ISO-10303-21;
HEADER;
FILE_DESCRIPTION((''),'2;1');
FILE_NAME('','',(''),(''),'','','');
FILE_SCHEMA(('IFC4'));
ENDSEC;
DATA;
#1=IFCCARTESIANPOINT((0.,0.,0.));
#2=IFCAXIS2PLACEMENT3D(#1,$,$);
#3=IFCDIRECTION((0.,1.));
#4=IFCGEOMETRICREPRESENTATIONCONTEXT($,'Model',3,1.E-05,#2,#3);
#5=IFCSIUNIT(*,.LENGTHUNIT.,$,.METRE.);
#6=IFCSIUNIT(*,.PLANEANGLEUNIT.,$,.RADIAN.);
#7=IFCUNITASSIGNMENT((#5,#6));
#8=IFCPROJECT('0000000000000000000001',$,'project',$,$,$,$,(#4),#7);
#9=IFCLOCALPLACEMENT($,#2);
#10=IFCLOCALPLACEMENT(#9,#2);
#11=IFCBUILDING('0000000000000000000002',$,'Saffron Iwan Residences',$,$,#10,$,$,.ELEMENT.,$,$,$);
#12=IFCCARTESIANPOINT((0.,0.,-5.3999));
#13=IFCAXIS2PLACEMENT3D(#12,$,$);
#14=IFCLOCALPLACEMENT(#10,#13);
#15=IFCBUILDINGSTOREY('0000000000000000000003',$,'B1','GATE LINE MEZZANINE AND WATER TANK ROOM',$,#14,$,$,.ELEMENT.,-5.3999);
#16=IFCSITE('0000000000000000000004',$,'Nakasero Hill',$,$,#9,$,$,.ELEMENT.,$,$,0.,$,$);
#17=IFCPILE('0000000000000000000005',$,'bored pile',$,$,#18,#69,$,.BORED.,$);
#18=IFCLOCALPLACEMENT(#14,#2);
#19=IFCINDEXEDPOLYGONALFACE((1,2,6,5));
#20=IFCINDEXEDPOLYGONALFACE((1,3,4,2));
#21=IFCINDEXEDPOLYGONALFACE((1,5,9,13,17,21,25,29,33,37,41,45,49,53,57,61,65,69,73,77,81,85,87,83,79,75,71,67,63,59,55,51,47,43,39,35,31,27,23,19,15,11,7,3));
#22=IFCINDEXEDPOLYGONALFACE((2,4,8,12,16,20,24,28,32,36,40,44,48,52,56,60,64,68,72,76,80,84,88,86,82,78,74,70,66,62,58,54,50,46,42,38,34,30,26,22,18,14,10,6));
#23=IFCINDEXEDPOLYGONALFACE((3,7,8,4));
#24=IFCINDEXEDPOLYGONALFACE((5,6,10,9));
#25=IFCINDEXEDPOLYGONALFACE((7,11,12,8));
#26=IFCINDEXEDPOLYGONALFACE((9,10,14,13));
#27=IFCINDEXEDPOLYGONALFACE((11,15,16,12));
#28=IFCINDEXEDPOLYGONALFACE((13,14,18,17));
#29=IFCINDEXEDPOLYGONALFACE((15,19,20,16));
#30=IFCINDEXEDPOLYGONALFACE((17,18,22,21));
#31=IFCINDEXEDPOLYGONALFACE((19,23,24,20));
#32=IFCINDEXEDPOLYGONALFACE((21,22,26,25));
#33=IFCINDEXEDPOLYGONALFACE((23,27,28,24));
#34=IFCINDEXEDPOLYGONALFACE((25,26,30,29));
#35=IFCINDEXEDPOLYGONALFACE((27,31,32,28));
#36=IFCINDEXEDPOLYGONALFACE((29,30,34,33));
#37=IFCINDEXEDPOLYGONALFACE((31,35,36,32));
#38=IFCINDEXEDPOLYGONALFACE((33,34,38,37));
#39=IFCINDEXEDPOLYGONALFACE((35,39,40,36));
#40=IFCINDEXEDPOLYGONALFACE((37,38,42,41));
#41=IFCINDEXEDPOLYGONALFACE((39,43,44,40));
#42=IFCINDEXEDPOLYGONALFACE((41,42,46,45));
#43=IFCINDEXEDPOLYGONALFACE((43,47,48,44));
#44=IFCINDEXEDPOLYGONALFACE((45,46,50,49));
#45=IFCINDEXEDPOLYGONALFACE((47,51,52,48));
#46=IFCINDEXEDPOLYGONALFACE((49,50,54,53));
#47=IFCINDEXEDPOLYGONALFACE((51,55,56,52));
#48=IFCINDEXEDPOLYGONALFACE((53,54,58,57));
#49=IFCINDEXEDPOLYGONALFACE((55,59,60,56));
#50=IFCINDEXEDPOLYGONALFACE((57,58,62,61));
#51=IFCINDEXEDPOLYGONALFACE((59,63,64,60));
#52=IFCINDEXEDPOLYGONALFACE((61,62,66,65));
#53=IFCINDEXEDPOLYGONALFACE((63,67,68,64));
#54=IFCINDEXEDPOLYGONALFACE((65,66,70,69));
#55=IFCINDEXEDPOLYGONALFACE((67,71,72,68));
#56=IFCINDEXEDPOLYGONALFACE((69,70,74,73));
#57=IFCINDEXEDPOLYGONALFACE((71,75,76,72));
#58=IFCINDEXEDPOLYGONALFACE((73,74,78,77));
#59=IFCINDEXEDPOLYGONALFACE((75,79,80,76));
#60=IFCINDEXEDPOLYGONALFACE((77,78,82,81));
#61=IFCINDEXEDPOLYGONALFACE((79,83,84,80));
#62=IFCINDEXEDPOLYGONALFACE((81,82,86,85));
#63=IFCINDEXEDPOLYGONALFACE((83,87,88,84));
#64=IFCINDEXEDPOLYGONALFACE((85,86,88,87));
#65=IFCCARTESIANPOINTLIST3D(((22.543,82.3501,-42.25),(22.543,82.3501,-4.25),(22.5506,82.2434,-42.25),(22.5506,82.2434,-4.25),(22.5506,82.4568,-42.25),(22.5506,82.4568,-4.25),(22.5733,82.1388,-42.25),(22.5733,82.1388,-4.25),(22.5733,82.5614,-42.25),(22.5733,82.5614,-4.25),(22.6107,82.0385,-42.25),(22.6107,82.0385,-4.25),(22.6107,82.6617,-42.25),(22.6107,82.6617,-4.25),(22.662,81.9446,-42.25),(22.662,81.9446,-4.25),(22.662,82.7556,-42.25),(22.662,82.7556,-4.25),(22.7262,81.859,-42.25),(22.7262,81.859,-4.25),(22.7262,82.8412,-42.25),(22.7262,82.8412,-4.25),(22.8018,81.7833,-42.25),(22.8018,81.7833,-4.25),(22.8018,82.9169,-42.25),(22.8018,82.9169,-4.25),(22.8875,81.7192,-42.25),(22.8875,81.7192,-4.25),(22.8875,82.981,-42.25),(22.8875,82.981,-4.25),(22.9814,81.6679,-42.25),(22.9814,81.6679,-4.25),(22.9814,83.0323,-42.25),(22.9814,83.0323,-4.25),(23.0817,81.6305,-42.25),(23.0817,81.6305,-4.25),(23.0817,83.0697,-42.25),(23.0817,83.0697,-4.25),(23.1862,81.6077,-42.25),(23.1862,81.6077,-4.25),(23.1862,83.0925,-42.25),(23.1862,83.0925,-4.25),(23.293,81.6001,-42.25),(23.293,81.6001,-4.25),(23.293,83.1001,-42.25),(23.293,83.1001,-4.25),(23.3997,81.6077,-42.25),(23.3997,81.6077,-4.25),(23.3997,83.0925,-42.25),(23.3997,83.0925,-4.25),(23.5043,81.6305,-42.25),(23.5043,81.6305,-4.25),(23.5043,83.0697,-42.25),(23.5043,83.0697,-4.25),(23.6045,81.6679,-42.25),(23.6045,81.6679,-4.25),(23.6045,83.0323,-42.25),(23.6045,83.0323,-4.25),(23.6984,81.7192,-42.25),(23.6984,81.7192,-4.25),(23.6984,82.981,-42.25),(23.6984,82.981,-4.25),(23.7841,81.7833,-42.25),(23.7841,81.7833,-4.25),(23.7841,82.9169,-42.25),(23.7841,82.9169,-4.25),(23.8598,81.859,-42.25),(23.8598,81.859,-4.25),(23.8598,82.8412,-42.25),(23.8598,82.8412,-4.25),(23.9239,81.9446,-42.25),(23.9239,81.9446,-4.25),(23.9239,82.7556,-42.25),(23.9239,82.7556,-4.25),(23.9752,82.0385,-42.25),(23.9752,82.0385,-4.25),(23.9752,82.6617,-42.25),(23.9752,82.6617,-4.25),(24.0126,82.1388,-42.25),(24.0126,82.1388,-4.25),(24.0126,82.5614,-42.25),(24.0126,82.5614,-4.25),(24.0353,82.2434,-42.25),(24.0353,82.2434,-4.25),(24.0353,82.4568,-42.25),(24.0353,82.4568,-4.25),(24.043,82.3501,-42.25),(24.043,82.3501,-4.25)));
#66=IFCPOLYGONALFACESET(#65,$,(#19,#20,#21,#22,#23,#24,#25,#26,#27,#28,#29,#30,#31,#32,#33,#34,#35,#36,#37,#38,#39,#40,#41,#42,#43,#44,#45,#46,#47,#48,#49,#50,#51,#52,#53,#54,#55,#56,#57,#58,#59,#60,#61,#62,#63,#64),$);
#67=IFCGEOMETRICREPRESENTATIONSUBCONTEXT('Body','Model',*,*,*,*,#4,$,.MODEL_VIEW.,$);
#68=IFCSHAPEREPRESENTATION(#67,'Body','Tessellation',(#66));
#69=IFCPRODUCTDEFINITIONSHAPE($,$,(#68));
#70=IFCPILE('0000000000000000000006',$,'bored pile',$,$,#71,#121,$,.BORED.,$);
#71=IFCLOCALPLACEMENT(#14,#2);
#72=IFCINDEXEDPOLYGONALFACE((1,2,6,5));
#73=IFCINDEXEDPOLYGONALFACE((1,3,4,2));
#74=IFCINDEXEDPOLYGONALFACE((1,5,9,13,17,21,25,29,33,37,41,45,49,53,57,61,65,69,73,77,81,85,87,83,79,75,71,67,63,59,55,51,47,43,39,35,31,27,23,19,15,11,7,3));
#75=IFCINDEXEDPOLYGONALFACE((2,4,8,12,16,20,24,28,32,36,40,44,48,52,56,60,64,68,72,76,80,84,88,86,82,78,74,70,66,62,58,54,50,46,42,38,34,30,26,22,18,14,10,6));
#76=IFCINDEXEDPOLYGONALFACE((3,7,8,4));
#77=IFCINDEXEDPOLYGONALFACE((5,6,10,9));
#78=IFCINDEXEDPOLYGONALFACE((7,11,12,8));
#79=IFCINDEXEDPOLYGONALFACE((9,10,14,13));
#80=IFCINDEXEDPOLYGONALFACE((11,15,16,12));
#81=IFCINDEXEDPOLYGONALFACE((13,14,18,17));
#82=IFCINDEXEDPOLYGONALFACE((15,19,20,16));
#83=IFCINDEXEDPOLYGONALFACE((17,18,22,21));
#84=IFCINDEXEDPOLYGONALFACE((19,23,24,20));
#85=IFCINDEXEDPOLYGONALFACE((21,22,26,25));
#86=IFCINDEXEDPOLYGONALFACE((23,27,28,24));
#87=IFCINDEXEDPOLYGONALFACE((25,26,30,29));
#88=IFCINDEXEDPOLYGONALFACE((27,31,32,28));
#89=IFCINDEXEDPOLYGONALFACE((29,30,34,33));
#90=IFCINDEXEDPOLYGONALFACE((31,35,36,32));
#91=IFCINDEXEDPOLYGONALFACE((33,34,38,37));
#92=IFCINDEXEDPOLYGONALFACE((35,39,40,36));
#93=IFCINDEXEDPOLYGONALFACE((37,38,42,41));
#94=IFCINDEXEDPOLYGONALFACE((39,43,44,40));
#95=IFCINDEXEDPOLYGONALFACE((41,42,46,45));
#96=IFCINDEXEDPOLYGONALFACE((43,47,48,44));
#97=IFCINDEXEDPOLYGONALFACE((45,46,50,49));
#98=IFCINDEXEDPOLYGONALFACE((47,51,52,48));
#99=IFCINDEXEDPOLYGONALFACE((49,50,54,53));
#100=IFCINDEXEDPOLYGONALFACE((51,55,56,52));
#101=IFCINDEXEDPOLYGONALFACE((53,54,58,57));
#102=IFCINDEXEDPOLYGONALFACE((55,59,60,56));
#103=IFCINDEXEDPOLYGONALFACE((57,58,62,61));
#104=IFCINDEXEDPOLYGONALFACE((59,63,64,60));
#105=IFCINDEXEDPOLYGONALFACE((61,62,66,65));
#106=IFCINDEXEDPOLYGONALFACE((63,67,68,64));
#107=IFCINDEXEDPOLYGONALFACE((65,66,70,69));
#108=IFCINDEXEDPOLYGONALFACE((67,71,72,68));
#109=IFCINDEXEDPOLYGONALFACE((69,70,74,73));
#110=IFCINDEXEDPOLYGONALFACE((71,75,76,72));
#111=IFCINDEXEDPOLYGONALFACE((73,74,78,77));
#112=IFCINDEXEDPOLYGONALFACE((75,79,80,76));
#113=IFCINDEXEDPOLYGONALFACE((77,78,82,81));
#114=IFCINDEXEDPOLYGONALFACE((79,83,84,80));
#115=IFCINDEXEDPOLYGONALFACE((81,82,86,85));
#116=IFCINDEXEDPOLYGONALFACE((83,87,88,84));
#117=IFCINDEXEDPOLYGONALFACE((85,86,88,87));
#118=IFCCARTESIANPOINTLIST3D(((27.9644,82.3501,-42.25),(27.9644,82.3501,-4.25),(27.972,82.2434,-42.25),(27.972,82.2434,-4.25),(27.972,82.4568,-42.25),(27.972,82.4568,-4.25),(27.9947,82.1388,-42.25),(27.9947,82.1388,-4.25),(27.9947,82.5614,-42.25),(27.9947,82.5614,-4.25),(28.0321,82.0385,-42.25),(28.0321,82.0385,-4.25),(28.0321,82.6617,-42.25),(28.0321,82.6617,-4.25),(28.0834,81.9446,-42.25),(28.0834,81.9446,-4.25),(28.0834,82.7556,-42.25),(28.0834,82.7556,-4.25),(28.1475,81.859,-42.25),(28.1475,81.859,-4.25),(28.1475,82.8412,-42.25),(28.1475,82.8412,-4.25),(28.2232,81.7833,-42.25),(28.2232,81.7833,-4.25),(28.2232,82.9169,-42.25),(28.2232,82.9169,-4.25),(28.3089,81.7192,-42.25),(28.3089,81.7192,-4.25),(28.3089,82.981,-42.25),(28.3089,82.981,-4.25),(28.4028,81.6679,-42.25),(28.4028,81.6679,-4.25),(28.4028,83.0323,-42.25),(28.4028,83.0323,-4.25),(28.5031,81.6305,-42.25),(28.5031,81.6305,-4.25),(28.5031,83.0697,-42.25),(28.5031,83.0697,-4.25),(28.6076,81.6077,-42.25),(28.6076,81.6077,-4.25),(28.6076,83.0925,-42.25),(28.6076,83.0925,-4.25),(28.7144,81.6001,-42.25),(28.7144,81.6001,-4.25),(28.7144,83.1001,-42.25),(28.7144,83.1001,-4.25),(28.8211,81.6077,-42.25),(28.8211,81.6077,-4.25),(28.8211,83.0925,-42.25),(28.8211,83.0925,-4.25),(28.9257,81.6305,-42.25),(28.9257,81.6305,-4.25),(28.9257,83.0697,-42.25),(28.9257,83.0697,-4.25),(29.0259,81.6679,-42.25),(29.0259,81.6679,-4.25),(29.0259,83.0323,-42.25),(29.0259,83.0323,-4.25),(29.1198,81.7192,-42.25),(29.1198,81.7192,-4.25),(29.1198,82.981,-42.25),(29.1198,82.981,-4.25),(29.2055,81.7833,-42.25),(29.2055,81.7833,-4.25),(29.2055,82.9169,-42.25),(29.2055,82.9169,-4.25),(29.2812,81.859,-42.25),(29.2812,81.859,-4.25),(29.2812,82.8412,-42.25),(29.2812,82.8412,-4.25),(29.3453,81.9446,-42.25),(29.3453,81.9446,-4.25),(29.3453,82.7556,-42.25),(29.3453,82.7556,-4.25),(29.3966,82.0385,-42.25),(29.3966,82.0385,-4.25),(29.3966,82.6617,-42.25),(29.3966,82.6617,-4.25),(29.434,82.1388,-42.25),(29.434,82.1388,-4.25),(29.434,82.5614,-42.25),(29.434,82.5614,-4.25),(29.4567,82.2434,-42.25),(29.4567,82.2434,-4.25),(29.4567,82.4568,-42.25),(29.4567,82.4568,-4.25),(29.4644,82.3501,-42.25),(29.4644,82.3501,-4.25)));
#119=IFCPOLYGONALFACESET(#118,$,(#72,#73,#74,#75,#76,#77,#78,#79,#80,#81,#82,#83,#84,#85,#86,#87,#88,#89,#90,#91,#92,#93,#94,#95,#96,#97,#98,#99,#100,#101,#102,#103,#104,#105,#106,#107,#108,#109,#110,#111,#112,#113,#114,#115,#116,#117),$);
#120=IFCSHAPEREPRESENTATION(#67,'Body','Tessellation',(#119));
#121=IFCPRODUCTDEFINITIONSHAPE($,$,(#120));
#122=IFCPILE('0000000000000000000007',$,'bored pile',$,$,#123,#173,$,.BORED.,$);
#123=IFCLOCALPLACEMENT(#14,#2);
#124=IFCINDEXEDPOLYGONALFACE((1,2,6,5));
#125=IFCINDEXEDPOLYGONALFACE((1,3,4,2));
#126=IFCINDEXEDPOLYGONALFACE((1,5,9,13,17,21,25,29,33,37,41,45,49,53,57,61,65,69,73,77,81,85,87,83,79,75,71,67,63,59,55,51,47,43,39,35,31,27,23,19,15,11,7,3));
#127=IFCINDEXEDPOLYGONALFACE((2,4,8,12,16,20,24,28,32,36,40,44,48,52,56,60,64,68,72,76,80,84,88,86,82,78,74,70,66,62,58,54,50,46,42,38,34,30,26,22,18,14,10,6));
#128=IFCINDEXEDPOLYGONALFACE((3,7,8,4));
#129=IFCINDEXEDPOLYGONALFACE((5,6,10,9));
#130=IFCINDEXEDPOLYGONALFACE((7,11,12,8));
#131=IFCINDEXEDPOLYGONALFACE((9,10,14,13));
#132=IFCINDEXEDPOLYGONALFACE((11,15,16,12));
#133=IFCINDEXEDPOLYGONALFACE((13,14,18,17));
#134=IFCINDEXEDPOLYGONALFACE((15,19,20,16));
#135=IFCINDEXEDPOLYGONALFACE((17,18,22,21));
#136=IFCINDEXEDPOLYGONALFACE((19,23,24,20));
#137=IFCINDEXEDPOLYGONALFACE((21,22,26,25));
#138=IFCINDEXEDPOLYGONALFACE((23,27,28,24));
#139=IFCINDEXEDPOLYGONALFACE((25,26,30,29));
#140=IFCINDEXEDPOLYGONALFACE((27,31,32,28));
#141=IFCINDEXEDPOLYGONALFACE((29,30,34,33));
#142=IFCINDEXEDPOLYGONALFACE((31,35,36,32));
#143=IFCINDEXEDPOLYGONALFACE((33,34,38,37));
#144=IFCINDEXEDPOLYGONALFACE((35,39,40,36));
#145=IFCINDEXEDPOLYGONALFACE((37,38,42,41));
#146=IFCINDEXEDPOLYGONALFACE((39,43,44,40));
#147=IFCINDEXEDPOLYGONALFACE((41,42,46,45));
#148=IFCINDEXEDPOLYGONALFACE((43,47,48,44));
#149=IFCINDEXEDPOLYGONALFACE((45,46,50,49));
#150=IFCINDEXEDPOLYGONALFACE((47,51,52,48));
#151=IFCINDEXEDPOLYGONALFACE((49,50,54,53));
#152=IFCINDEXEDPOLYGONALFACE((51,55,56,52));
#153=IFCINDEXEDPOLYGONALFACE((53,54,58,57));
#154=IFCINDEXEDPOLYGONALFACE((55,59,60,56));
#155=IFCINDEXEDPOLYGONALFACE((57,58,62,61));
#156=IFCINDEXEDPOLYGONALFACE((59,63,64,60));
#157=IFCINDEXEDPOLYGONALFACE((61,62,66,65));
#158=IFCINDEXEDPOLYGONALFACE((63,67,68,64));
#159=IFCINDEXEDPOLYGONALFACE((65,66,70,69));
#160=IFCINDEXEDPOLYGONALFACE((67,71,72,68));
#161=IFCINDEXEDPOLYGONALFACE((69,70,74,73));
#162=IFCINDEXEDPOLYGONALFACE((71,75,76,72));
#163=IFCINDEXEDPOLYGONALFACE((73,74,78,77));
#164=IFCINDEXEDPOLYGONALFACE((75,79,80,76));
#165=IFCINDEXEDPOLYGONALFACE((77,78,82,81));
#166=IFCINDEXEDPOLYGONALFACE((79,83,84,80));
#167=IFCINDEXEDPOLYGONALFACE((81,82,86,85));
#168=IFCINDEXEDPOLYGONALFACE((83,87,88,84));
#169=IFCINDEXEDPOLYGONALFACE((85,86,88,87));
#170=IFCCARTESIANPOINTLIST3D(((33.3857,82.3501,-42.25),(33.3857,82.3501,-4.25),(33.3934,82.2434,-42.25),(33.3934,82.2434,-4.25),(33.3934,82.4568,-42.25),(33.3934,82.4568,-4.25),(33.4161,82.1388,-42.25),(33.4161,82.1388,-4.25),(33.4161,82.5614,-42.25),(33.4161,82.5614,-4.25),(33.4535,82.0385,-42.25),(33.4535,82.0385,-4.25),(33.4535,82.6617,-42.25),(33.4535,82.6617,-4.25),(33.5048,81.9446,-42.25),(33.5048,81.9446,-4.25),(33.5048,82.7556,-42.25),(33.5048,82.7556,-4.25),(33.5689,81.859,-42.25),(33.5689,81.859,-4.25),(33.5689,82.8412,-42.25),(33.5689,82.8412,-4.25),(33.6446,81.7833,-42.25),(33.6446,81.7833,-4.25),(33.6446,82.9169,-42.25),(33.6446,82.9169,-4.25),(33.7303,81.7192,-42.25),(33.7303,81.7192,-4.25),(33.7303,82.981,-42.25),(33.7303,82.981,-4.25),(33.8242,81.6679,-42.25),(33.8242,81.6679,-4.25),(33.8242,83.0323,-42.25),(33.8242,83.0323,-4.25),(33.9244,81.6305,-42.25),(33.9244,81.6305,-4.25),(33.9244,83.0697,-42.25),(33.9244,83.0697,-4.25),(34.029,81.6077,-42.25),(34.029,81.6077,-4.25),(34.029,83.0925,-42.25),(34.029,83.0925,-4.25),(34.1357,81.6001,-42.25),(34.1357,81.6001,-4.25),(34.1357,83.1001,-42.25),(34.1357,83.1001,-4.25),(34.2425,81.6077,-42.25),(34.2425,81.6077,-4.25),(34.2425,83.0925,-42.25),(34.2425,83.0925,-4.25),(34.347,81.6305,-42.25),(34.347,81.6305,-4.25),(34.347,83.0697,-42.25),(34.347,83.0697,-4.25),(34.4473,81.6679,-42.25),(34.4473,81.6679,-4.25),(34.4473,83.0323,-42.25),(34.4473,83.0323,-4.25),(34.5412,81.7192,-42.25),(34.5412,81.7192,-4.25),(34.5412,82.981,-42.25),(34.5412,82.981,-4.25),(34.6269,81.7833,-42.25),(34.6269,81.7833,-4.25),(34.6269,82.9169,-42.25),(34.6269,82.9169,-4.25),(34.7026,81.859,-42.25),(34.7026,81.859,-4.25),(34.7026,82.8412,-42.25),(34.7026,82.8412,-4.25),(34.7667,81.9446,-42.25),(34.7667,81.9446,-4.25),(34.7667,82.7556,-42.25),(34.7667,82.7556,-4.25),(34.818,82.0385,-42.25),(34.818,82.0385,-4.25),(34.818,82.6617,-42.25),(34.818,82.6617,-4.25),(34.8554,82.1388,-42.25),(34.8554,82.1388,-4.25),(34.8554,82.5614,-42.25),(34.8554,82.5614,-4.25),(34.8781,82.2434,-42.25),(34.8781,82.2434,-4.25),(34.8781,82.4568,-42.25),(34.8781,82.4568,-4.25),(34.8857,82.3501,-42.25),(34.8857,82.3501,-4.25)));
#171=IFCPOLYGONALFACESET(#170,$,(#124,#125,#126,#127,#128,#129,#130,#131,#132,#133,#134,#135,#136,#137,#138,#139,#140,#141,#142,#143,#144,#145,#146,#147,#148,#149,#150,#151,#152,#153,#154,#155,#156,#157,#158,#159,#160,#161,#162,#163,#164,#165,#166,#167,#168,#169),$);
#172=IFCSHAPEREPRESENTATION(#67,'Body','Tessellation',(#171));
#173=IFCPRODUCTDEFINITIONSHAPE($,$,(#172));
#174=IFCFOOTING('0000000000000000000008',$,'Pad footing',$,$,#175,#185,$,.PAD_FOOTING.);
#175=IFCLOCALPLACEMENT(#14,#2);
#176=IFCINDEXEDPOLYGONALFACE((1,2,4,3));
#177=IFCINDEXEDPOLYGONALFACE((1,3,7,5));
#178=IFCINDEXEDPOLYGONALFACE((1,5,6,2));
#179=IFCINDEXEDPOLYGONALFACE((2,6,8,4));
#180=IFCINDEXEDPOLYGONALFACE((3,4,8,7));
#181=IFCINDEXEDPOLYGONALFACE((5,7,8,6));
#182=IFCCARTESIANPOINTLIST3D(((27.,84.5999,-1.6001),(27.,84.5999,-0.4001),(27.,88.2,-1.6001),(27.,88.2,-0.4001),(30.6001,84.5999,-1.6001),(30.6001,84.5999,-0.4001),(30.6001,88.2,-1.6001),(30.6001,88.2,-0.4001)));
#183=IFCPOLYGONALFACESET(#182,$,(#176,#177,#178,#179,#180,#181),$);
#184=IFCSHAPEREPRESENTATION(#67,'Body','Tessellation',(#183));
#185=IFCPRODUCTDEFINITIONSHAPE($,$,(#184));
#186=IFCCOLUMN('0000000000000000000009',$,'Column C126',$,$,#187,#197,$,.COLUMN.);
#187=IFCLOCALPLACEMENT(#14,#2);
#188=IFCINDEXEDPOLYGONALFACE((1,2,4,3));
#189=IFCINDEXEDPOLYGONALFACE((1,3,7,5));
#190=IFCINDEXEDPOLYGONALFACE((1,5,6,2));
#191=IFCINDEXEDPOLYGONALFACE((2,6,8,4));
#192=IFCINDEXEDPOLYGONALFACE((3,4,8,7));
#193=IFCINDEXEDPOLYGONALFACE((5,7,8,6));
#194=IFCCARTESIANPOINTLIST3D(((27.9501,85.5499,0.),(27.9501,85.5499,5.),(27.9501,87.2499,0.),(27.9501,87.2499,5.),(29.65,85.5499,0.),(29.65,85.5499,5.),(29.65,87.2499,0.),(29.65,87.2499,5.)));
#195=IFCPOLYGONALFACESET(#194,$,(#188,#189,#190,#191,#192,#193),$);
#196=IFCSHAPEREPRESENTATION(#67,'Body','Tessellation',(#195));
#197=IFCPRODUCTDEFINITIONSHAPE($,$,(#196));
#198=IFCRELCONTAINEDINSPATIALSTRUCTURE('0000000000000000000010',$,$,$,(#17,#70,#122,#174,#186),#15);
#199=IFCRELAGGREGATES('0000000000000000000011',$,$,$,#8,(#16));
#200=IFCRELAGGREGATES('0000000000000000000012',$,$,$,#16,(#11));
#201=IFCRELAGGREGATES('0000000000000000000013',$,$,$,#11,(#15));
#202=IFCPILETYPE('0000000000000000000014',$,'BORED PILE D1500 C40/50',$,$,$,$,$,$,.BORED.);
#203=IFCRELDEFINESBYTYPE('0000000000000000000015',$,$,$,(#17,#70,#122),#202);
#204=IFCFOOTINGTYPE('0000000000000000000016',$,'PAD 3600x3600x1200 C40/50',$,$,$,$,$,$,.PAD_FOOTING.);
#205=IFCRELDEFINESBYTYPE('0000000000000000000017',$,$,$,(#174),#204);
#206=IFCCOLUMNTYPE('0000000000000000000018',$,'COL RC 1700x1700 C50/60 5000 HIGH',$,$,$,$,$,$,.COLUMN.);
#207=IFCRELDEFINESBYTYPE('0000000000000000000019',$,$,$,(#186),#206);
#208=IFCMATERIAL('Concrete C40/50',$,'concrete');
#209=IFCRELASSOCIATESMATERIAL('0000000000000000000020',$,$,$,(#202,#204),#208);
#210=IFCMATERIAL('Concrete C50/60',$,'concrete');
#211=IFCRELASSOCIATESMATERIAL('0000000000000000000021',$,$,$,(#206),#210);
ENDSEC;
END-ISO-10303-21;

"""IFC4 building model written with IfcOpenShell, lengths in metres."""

from ifc_helpers import new_model, si_unit, direction, frame, origin, origin_2d, place, context, subcontext, project, spatial, rectangle, circle, extrude, source, transform, mapped, material, material_profile, profile_set, type_object, element, save


model = new_model("IFC4")

# Units and contexts
model_context = context("Model", 3, precision=1e-05, world=origin(), true_north=direction((0.0, 1.0)))
body_context = subcontext(model_context, "Body", "Model", "MODEL_VIEW")
ifc_project = project(units=[si_unit("LENGTHUNIT", "METRE"), si_unit("PLANEANGLEUNIT", "RADIAN")], contexts=[model_context])

# Site, building, storey
site_placement = place(None, origin())
site = spatial("IfcSite", under=ifc_project, at=site_placement, Name="Nakasero Hill", CompositionType="ELEMENT", RefElevation=0.0)
building_placement = place(site_placement, origin())
building = spatial("IfcBuilding", under=site, at=building_placement, Name="Saffron Iwan Residences", CompositionType="ELEMENT")
storey_placement = place(building_placement, frame((0.0, 0.0, -5.3999)))
storey = spatial("IfcBuildingStorey", under=building, at=storey_placement, Name="B1", Description="GATE LINE MEZZANINE AND WATER TANK ROOM", CompositionType="ELEMENT", Elevation=-5.3999)

# Piles
ifc_material_1 = material(Name="Concrete C40/50", Category="concrete")
ifc_material_profile_1 = material_profile(ifc_material_1, circle(Radius=0.75, at=origin_2d()), Name="RC D1500")
ifc_profile_set_1 = profile_set([ifc_material_profile_1], Name="Concrete C40/50")
pile_type = type_object("IfcPileType", Name="BORED PILE D1500 C40/50", PredefinedType="BORED", material=ifc_profile_set_1)
for number, where, z_axis, x_axis, name in (
    (1, (23.293, 82.3501, -4.25), (0.0, 0.0, -1.0), (1.0, 0.0, 0.0), "bored pile"),
    (2, (28.7144, 82.3501, -4.25), (0.0, 0.0, -1.0), (1.0, 0.0, 0.0), "bored pile"),
    (3, (34.1357, 82.3501, -4.25), (0.0, 0.0, -1.0), (1.0, 0.0, 0.0), "bored pile"),
):
    element("IfcPile", number, at=place(storey_placement, frame(where, z_axis=z_axis, x_axis=x_axis)), inside=storey, type_object=pile_type, Name=name, PredefinedType="BORED", context=body_context, shape_type="SweptSolid", body=[
        extrude(circle(Radius=0.75, at=origin_2d()), origin(), (0.0, 0.0, 1.0), 38.0),
    ])

# Footing
footing_type = type_object("IfcFootingType", Name="PAD 3600x3600x1200 C40/50", PredefinedType="PAD_FOOTING", material=ifc_material_1)
shared_shape_1 = source(origin(), body_context, "Body", "SweptSolid", [
    extrude(rectangle(XDim=3.6001, YDim=3.6001, at=origin_2d()), origin(), (0.0, 0.0, 1.0), 1.2),
])
footing_placement = place(storey_placement, frame((28.8, 86.3999, -1.6001), z_axis=(0.0, 0.0, 1.0), x_axis=(1.0, 0.0, 0.0)))
element("IfcFooting", 4, at=footing_placement, inside=storey, type_object=footing_type, Name="Pad footing", PredefinedType="PAD_FOOTING", context=body_context, shape_type="MappedRepresentation", body=[
    mapped(shared_shape_1, transform((0.0, 0.0, 0.0))),
])

# Column
ifc_material_2 = material(Name="Concrete C50/60", Category="concrete")
ifc_material_profile_2 = material_profile(ifc_material_2, rectangle(XDim=1.7, YDim=1.7, at=origin_2d()), Name="RC 1700x1700")
ifc_profile_set_2 = profile_set([ifc_material_profile_2], Name="Concrete C50/60")
column_type = type_object("IfcColumnType", Name="COL RC 1700x1700 C50/60 5000 HIGH", PredefinedType="COLUMN", material=ifc_profile_set_2)
shared_shape_2 = source(origin(), body_context, "Body", "SweptSolid", [
    extrude(rectangle(XDim=1.7, YDim=1.7, at=origin_2d()), origin(), (0.0, 0.0, 1.0), 5.0),
])
column_placement = place(storey_placement, frame((28.8, 86.3999, 0.0), z_axis=(0.0, 0.0, 1.0), x_axis=(1.0, 0.0, 0.0)))
element("IfcColumn", 5, at=column_placement, inside=storey, type_object=column_type, Name="Column C126", PredefinedType="COLUMN", context=body_context, shape_type="MappedRepresentation", body=[
    mapped(shared_shape_2, transform((0.0, 0.0, 0.0))),
])

save(model, "model.ifc")
